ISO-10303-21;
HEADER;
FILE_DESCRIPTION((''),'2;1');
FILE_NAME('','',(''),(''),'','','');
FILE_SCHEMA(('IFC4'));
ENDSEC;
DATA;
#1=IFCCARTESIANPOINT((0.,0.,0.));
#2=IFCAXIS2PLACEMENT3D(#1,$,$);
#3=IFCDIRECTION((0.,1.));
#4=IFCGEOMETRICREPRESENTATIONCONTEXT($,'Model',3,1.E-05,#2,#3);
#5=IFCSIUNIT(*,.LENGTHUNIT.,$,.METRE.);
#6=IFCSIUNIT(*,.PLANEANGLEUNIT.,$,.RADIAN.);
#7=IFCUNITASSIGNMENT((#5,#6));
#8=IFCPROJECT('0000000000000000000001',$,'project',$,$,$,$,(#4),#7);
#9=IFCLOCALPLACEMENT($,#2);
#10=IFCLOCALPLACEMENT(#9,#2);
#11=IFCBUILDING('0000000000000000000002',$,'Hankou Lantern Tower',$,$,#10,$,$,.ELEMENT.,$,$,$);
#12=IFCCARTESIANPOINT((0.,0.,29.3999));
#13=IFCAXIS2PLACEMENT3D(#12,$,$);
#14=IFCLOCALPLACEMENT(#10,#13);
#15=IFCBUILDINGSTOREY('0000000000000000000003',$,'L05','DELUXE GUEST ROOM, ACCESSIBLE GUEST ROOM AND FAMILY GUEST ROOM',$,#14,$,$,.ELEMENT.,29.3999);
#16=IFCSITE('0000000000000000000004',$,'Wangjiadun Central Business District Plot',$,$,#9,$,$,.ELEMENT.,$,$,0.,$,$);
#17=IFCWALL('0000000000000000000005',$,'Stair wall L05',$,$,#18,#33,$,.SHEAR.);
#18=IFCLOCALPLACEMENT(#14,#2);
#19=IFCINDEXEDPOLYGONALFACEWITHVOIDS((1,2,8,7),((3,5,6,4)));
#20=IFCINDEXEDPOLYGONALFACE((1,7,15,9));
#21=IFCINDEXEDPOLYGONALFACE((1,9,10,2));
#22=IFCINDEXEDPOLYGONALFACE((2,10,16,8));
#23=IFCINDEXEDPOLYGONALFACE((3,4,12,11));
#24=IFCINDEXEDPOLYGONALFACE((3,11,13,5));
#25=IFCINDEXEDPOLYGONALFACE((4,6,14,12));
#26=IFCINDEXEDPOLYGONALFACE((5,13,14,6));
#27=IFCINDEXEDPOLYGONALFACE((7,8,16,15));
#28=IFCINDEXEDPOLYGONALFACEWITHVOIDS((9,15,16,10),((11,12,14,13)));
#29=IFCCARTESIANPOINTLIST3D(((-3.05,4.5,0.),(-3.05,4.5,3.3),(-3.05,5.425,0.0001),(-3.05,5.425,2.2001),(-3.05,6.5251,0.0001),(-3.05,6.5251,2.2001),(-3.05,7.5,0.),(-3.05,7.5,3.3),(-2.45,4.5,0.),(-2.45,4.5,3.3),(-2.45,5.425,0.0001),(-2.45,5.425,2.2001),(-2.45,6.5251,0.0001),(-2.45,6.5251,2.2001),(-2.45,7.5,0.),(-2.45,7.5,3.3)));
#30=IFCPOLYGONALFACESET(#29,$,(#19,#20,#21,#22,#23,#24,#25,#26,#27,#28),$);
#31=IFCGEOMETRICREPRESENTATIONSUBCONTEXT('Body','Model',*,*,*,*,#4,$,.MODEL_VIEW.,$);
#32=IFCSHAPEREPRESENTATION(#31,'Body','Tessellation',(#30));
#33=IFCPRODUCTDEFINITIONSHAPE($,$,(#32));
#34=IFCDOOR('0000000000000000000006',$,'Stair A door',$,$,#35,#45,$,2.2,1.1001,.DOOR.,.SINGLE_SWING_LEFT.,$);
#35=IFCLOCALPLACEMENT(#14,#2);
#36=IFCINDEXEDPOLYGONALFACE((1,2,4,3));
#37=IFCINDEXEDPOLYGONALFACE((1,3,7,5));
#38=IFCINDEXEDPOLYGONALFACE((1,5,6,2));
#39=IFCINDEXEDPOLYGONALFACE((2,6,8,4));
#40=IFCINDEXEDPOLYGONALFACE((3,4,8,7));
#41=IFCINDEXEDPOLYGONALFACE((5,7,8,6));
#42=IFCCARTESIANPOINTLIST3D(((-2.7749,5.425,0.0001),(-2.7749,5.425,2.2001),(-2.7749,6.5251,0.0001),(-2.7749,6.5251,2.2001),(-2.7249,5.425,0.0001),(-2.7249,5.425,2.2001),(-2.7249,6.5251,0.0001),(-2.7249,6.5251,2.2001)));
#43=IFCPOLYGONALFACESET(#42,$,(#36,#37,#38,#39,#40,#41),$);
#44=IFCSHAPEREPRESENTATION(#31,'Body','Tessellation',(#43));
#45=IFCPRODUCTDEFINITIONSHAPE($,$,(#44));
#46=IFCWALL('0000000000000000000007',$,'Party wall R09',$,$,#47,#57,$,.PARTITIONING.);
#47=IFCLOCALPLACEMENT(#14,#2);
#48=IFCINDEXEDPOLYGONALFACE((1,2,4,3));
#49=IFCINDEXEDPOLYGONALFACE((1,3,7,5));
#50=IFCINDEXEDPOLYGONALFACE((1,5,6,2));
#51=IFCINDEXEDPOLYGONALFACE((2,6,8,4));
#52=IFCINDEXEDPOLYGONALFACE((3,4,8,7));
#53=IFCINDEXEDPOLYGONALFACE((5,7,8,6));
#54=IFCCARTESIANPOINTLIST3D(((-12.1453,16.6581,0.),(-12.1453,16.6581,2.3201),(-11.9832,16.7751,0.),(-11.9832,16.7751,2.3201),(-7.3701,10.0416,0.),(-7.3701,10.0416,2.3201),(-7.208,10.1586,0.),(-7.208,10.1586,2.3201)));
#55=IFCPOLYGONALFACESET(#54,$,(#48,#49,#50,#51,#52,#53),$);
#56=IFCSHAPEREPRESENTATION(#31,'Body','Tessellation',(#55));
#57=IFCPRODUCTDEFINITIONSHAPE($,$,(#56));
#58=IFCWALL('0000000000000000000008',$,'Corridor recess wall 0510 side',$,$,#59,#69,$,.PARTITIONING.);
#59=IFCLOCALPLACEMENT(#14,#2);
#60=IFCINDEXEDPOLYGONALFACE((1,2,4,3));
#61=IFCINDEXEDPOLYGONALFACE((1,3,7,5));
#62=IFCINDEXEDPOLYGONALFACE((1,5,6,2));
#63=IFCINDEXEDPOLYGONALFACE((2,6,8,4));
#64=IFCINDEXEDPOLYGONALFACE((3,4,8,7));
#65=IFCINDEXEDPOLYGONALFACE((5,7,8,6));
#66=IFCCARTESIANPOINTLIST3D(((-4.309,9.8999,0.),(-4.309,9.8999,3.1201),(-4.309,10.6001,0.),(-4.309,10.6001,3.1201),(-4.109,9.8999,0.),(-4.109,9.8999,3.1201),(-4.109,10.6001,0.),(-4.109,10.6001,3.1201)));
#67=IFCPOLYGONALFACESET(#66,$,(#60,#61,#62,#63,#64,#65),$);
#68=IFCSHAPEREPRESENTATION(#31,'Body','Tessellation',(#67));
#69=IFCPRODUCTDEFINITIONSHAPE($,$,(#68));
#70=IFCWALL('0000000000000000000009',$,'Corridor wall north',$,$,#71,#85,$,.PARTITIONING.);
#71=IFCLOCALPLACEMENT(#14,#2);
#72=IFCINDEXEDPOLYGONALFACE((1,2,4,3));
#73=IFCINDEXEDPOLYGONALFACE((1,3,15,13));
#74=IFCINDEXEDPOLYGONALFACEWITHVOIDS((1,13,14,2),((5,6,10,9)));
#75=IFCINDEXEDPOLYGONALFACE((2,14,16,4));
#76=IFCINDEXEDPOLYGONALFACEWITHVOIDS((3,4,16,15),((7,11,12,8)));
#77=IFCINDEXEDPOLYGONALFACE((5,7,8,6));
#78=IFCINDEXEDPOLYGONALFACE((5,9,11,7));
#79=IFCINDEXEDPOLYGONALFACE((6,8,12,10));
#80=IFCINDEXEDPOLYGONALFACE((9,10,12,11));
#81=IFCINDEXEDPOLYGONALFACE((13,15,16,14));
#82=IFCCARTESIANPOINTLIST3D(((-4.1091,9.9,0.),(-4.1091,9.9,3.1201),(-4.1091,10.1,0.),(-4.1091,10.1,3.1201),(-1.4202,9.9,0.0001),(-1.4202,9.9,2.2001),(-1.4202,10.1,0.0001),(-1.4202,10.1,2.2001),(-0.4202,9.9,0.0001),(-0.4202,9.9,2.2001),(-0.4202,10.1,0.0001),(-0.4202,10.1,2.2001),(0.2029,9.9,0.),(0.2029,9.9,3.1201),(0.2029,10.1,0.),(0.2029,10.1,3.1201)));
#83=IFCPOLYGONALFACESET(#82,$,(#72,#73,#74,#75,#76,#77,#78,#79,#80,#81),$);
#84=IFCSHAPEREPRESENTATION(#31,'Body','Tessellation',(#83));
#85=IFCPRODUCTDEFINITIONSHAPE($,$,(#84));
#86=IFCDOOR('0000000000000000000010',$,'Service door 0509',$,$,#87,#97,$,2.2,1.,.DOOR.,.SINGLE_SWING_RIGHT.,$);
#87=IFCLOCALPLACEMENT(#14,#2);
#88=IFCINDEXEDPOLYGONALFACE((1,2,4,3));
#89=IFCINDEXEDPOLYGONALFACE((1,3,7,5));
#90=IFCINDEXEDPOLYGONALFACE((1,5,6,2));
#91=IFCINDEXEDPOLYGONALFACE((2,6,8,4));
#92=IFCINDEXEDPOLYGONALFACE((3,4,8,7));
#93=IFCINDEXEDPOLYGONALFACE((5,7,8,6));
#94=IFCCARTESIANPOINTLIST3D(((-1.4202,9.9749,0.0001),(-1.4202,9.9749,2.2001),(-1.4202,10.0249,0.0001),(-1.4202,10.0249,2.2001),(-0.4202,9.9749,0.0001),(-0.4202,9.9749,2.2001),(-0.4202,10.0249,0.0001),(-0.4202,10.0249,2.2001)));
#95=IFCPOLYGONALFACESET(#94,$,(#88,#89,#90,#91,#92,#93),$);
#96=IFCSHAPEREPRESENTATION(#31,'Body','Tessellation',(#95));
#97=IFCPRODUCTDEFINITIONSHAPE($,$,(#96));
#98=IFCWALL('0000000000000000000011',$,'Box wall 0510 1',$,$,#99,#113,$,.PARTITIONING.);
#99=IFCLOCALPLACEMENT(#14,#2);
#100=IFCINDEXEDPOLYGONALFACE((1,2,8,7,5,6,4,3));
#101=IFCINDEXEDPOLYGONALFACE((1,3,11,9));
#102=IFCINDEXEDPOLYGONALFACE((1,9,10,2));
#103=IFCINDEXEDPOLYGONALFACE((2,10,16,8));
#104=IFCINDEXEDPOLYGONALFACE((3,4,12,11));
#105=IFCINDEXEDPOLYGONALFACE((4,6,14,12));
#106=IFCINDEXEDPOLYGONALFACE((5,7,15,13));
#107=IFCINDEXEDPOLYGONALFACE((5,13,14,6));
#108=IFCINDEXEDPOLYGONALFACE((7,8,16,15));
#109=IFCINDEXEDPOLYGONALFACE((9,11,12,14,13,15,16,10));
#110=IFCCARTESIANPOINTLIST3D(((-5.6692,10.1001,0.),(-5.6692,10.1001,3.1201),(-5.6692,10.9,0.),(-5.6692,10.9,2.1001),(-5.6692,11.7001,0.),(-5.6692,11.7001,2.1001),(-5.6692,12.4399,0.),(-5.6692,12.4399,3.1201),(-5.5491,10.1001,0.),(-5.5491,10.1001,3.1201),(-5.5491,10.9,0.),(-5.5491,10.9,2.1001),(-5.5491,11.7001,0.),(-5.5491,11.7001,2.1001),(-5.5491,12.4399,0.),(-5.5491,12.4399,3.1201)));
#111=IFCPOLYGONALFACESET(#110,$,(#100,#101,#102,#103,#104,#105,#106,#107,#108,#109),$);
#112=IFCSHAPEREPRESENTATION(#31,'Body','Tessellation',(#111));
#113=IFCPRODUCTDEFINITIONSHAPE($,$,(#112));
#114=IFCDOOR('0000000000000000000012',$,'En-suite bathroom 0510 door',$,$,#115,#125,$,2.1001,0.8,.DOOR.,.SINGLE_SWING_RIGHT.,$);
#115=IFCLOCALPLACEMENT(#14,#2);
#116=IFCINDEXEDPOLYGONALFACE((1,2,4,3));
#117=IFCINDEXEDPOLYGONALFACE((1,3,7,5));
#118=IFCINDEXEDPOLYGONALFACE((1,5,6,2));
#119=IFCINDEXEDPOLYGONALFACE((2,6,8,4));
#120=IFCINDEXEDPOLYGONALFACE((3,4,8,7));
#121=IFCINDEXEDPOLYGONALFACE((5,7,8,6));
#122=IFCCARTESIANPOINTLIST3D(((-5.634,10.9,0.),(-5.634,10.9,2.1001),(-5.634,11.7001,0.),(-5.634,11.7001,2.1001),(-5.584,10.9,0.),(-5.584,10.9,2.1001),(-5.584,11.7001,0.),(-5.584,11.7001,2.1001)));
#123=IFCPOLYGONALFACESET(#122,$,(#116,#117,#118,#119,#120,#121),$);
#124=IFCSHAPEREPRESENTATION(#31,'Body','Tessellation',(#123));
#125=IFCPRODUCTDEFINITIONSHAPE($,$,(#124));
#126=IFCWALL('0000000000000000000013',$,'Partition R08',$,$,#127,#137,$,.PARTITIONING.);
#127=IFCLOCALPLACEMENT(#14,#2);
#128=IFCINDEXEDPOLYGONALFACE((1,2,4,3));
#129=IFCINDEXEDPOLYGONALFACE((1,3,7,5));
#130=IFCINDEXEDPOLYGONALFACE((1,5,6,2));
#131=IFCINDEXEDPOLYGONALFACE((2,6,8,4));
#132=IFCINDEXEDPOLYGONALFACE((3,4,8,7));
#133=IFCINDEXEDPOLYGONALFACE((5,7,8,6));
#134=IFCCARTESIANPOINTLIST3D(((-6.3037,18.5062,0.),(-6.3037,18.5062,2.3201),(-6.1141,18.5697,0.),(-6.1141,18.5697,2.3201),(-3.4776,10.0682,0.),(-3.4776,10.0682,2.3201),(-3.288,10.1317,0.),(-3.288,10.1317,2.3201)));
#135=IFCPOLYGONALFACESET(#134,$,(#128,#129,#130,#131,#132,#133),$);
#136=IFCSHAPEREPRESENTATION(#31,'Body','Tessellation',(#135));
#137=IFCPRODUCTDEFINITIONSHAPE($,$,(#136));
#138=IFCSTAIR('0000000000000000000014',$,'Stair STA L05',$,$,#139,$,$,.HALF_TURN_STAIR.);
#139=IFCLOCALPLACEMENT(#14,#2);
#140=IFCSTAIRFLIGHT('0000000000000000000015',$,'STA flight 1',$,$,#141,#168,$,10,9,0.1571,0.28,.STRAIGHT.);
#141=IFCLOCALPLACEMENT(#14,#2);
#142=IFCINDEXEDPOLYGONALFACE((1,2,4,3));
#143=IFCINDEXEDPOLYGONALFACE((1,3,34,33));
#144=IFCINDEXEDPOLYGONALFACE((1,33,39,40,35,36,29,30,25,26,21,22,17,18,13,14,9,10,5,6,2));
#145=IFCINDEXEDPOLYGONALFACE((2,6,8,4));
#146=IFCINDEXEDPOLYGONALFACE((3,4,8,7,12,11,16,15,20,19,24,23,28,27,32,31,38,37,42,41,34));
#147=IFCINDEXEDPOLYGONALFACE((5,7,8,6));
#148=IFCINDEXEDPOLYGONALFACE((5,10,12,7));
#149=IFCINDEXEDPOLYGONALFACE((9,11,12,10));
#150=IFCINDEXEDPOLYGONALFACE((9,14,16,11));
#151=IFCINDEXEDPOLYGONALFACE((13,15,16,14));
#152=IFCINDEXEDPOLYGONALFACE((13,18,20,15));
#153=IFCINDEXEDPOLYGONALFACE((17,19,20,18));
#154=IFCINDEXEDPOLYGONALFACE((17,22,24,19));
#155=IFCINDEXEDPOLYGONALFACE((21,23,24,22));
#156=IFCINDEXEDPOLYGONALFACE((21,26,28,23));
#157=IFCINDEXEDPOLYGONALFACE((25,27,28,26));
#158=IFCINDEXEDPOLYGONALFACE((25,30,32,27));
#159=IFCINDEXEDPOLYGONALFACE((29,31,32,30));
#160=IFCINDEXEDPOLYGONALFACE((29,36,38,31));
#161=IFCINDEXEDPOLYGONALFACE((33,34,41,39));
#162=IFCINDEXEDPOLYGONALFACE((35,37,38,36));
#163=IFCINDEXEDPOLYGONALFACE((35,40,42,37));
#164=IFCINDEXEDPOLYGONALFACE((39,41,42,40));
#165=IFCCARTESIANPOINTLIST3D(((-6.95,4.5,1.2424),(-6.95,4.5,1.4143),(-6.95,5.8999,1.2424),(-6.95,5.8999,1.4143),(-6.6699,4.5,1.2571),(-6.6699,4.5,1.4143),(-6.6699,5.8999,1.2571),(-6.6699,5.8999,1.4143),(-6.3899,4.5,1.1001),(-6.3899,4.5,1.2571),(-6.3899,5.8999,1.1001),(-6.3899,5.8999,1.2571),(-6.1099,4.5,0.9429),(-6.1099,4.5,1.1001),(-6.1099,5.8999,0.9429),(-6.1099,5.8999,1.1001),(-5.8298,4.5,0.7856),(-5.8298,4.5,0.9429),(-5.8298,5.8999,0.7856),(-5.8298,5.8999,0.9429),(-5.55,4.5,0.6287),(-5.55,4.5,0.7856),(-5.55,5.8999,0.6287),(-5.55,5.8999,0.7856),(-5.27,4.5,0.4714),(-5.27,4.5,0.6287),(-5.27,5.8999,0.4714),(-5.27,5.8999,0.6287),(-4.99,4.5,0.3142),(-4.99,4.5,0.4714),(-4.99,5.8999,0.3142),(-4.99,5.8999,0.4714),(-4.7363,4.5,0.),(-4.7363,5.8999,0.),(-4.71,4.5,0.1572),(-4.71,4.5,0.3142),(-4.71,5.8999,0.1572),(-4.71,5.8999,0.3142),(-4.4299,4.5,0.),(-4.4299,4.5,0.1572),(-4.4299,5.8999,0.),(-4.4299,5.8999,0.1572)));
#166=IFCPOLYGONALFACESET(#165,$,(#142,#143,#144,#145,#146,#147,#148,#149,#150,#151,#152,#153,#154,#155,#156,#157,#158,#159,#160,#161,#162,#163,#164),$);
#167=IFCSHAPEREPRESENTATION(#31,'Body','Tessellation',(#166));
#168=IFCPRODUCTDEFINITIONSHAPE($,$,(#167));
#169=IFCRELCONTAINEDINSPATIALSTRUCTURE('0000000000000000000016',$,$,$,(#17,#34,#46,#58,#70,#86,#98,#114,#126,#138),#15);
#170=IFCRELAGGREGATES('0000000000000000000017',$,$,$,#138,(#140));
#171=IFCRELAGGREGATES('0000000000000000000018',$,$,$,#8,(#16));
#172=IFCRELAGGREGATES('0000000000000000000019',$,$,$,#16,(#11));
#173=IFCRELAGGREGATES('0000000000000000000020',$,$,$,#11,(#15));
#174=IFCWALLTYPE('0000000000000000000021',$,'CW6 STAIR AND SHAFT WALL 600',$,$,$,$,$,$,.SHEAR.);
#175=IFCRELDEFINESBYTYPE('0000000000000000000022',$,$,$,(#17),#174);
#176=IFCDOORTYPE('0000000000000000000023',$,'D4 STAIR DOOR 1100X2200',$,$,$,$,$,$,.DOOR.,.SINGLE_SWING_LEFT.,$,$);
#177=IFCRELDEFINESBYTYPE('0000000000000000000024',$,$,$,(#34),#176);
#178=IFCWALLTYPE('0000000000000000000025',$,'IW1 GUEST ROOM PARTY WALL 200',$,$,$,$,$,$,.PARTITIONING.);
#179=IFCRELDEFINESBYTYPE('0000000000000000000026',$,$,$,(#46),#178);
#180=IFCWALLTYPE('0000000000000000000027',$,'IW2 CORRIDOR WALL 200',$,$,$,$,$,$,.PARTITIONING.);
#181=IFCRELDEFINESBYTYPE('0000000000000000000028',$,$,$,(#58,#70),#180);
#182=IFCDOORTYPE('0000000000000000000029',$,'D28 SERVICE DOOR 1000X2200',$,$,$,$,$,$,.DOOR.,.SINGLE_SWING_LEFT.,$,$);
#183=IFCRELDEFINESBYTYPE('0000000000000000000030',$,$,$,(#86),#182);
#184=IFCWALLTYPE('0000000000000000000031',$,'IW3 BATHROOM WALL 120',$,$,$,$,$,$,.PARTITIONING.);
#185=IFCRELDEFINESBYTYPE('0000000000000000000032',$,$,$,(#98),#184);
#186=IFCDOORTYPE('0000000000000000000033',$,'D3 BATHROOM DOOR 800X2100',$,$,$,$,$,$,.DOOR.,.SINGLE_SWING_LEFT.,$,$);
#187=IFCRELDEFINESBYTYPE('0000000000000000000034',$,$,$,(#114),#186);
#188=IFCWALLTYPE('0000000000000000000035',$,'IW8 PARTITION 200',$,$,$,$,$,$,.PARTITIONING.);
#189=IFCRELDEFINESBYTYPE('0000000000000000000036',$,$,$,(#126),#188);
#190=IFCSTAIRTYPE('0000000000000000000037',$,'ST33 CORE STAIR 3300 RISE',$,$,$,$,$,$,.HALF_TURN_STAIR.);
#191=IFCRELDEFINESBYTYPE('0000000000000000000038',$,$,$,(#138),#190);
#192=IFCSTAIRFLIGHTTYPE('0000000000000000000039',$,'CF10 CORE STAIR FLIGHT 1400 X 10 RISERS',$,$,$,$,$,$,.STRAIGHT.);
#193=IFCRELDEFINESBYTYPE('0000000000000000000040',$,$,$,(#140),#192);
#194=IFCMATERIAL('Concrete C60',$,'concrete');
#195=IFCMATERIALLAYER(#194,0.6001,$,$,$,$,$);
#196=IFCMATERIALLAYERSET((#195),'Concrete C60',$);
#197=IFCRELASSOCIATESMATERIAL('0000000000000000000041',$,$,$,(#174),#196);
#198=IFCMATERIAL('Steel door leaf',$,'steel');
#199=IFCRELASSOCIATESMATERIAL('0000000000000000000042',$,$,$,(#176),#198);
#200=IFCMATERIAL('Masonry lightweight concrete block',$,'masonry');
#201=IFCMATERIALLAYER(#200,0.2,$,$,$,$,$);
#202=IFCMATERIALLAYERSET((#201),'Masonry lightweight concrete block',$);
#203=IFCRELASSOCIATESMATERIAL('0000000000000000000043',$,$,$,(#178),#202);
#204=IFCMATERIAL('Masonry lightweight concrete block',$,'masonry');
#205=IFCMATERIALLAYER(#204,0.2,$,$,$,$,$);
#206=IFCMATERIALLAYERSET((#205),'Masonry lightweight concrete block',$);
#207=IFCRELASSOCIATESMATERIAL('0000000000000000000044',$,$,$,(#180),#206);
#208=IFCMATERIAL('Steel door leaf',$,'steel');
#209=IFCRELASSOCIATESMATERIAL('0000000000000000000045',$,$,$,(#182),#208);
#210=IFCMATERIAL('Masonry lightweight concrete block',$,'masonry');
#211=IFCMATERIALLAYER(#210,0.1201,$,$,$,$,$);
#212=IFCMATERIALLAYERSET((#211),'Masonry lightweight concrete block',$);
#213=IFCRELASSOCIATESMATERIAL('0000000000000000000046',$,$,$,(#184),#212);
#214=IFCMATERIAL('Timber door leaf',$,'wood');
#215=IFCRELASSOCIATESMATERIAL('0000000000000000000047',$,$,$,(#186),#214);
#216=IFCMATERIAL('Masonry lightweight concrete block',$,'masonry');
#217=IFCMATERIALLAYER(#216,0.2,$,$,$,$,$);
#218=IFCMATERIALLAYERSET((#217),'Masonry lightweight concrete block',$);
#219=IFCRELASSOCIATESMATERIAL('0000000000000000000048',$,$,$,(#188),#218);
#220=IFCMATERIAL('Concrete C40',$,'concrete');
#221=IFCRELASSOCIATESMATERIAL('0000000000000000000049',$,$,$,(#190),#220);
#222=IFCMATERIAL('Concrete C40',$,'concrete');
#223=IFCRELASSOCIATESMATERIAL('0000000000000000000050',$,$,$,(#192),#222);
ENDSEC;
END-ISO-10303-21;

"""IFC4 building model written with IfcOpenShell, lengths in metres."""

from ifc_helpers import new_model, si_unit, direction, frame, frame_2d, origin, place, context, subcontext, project, spatial, polyline, rectangle, outline, extrude, material, layer, layer_set, type_object, element, fill, aggregate, save


model = new_model("IFC4")

# Units and contexts
model_context = context("Model", 3, precision=1e-05, world=origin(), true_north=direction((0.0, 1.0)))
body_context = subcontext(model_context, "Body", "Model", "MODEL_VIEW")
ifc_project = project(units=[si_unit("LENGTHUNIT", "METRE"), si_unit("PLANEANGLEUNIT", "RADIAN")], contexts=[model_context])

# Site, building, storey
site_placement = place(None, origin())
site = spatial("IfcSite", under=ifc_project, at=site_placement, Name="Wangjiadun Central Business District Plot", CompositionType="ELEMENT", RefElevation=0.0)
building_placement = place(site_placement, origin())
building = spatial("IfcBuilding", under=site, at=building_placement, Name="Hankou Lantern Tower", CompositionType="ELEMENT")
storey_placement = place(building_placement, frame((0.0, 0.0, 29.3999)))
storey = spatial("IfcBuildingStorey", under=building, at=storey_placement, Name="L05", Description="DELUXE GUEST ROOM, ACCESSIBLE GUEST ROOM AND FAMILY GUEST ROOM", CompositionType="ELEMENT", Elevation=29.3999)

# Wall, opening, door
ifc_material_1 = material(Name="Concrete C60", Category="concrete")
ifc_layer_1 = layer(ifc_material_1, 0.6001)
ifc_layer_set_1 = layer_set([ifc_layer_1], Name="Concrete C60")
wall_type_1 = type_object("IfcWallType", Name="CW6 STAIR AND SHAFT WALL 600", PredefinedType="SHEAR", material=ifc_layer_set_1)
wall_1_placement = place(storey_placement, frame((-2.75, 4.5, 0.0), z_axis=(0.0, 0.0, 1.0), x_axis=(0.0, 1.0, 0.0)))
wall_1 = element("IfcWall", 1, at=wall_1_placement, inside=storey, type_object=wall_type_1, Name="Stair wall L05", PredefinedType="SHEAR", context=body_context, shape_type="SweptSolid", body=[
    extrude(rectangle(XDim=3.0, YDim=0.6001, at=frame_2d((1.5, 0.0))), origin(), (0.0, 0.0, 1.0), 3.3),
])
opening_1_placement = place(wall_1_placement, frame((0.925, 0.0, 0.0)))
opening_1 = element("IfcOpeningElement", 2, at=opening_1_placement, cuts=wall_1, PredefinedType="OPENING", context=body_context, shape_type="SweptSolid", body=[
    extrude(rectangle(XDim=1.1001, YDim=2.2, at=frame_2d((0.55, 1.1001))), frame((0.0, 0.3101, 0.0), z_axis=(0.0, -1.0, 0.0), x_axis=(1.0, 0.0, 0.0)), (0.0, 0.0, 1.0), 0.6201),
])
ifc_material_2 = material(Name="Steel door leaf", Category="steel")
door_type_1 = type_object("IfcDoorType", Name="D4 STAIR DOOR 1100X2200", OperationType="SINGLE_SWING_LEFT", PredefinedType="DOOR", material=ifc_material_2)
door_1_placement = place(opening_1_placement, origin())
door_1 = element("IfcDoor", 3, at=door_1_placement, inside=storey, type_object=door_type_1, Name="Stair A door", OperationType="SINGLE_SWING_LEFT", OverallHeight=2.2, OverallWidth=1.1001, PredefinedType="DOOR", context=body_context, shape_type="SweptSolid", body=[
    extrude(rectangle(XDim=1.1001, YDim=2.2, at=frame_2d((0.55, 1.1001))), frame((0.0, 0.0249, 0.0), z_axis=(0.0, -1.0, 0.0), x_axis=(1.0, 0.0, 0.0)), (0.0, 0.0, 1.0), 0.05),
])
fill(opening_1, door_1)

# Walls
ifc_material_3 = material(Name="Masonry lightweight concrete block", Category="masonry")
ifc_layer_2 = layer(ifc_material_3, 0.2)
ifc_layer_set_2 = layer_set([ifc_layer_2], Name="Masonry lightweight concrete block")
wall_type_2 = type_object("IfcWallType", Name="IW1 GUEST ROOM PARTY WALL 200", PredefinedType="PARTITIONING", material=ifc_layer_set_2)
wall_2_placement = place(storey_placement, frame((-7.2891, 10.1001, 0.0), z_axis=(0.0, 0.0, 1.0), x_axis=(-0.585216, 0.810877, 0.0)))
element("IfcWall", 4, at=wall_2_placement, inside=storey, type_object=wall_type_2, Name="Party wall R09", PredefinedType="PARTITIONING", context=body_context, shape_type="SweptSolid", body=[
    extrude(rectangle(XDim=8.1597, YDim=0.2, at=frame_2d((4.0798, 0.0))), origin(), (0.0, 0.0, 1.0), 2.3201),
])
ifc_material_4 = material(Name="Masonry lightweight concrete block", Category="masonry")
ifc_layer_3 = layer(ifc_material_4, 0.2)
ifc_layer_set_3 = layer_set([ifc_layer_3], Name="Masonry lightweight concrete block")
wall_type_3 = type_object("IfcWallType", Name="IW2 CORRIDOR WALL 200", PredefinedType="PARTITIONING", material=ifc_layer_set_3)
wall_3_placement = place(storey_placement, frame((-4.209, 9.8999, 0.0), z_axis=(0.0, 0.0, 1.0), x_axis=(0.0, 1.0, 0.0)))
element("IfcWall", 5, at=wall_3_placement, inside=storey, type_object=wall_type_3, Name="Corridor recess wall 0510 side", PredefinedType="PARTITIONING", context=body_context, shape_type="SweptSolid", body=[
    extrude(rectangle(XDim=0.7002, YDim=0.2, at=frame_2d((0.3501, 0.0))), origin(), (0.0, 0.0, 1.0), 3.1201),
])

# Walls, openings, doors
wall_4_placement = place(storey_placement, frame((-4.1091, 10.0, 0.0), z_axis=(0.0, 0.0, 1.0), x_axis=(1.0, 0.0, 0.0)))
wall_4 = element("IfcWall", 6, at=wall_4_placement, inside=storey, type_object=wall_type_3, Name="Corridor wall north", PredefinedType="PARTITIONING", context=body_context, shape_type="SweptSolid", body=[
    extrude(rectangle(XDim=4.312, YDim=0.2, at=frame_2d((2.156, 0.0))), origin(), (0.0, 0.0, 1.0), 3.1201),
])
opening_2_placement = place(wall_4_placement, frame((2.689, 0.0, 0.0)))
opening_2 = element("IfcOpeningElement", 7, at=opening_2_placement, cuts=wall_4, PredefinedType="OPENING", context=body_context, shape_type="SweptSolid", body=[
    extrude(rectangle(XDim=1.0, YDim=2.2, at=frame_2d((0.5, 1.1001))), frame((0.0, 0.1099, 0.0), z_axis=(0.0, -1.0, 0.0), x_axis=(1.0, 0.0, 0.0)), (0.0, 0.0, 1.0), 0.22),
])
ifc_material_5 = material(Name="Steel door leaf", Category="steel")
door_type_2 = type_object("IfcDoorType", Name="D28 SERVICE DOOR 1000X2200", OperationType="SINGLE_SWING_LEFT", PredefinedType="DOOR", material=ifc_material_5)
door_2_placement = place(opening_2_placement, origin())
door_2 = element("IfcDoor", 8, at=door_2_placement, inside=storey, type_object=door_type_2, Name="Service door 0509", OperationType="SINGLE_SWING_RIGHT", OverallHeight=2.2, OverallWidth=1.0, PredefinedType="DOOR", context=body_context, shape_type="SweptSolid", body=[
    extrude(rectangle(XDim=1.0, YDim=2.2, at=frame_2d((0.5, 1.1001))), frame((0.0, 0.0249, 0.0), z_axis=(0.0, -1.0, 0.0), x_axis=(1.0, 0.0, 0.0)), (0.0, 0.0, 1.0), 0.05),
])
fill(opening_2, door_2)
ifc_material_6 = material(Name="Masonry lightweight concrete block", Category="masonry")
ifc_layer_4 = layer(ifc_material_6, 0.1201)
ifc_layer_set_4 = layer_set([ifc_layer_4], Name="Masonry lightweight concrete block")
wall_type_4 = type_object("IfcWallType", Name="IW3 BATHROOM WALL 120", PredefinedType="PARTITIONING", material=ifc_layer_set_4)
wall_5_placement = place(storey_placement, frame((-5.6091, 10.1001, 0.0), z_axis=(0.0, 0.0, 1.0), x_axis=(0.0, 1.0, 0.0)))
wall_5 = element("IfcWall", 9, at=wall_5_placement, inside=storey, type_object=wall_type_4, Name="Box wall 0510 1", PredefinedType="PARTITIONING", context=body_context, shape_type="SweptSolid", body=[
    extrude(rectangle(XDim=2.3398, YDim=0.1201, at=frame_2d((1.1699, 0.0))), origin(), (0.0, 0.0, 1.0), 3.1201),
])
opening_3_placement = place(wall_5_placement, frame((0.8, 0.0, 0.0)))
opening_3 = element("IfcOpeningElement", 10, at=opening_3_placement, cuts=wall_5, PredefinedType="OPENING", context=body_context, shape_type="SweptSolid", body=[
    extrude(rectangle(XDim=0.8, YDim=2.1001, at=frame_2d((0.3999, 1.05))), frame((0.0, 0.0701, 0.0), z_axis=(0.0, -1.0, 0.0), x_axis=(1.0, 0.0, 0.0)), (0.0, 0.0, 1.0), 0.1401),
])
ifc_material_7 = material(Name="Timber door leaf", Category="wood")
door_type_3 = type_object("IfcDoorType", Name="D3 BATHROOM DOOR 800X2100", OperationType="SINGLE_SWING_LEFT", PredefinedType="DOOR", material=ifc_material_7)
door_3_placement = place(opening_3_placement, origin())
door_3 = element("IfcDoor", 11, at=door_3_placement, inside=storey, type_object=door_type_3, Name="En-suite bathroom 0510 door", OperationType="SINGLE_SWING_RIGHT", OverallHeight=2.1001, OverallWidth=0.8, PredefinedType="DOOR", context=body_context, shape_type="SweptSolid", body=[
    extrude(rectangle(XDim=0.8, YDim=2.1001, at=frame_2d((0.3999, 1.05))), frame((0.0, 0.0249, 0.0), z_axis=(0.0, -1.0, 0.0), x_axis=(1.0, 0.0, 0.0)), (0.0, 0.0, 1.0), 0.05),
])
fill(opening_3, door_3)

# Wall
ifc_material_8 = material(Name="Masonry lightweight concrete block", Category="masonry")
ifc_layer_5 = layer(ifc_material_8, 0.2)
ifc_layer_set_5 = layer_set([ifc_layer_5], Name="Masonry lightweight concrete block")
wall_type_5 = type_object("IfcWallType", Name="IW8 PARTITION 200", PredefinedType="PARTITIONING", material=ifc_layer_set_5)
wall_6_placement = place(storey_placement, frame((-3.3828, 10.1001, 0.0), z_axis=(0.0, 0.0, 1.0), x_axis=(-0.317594, 0.948227, 0.0)))
element("IfcWall", 12, at=wall_6_placement, inside=storey, type_object=wall_type_5, Name="Partition R08", PredefinedType="PARTITIONING", context=body_context, shape_type="SweptSolid", body=[
    extrude(rectangle(XDim=8.8987, YDim=0.2, at=frame_2d((4.4492, 0.0))), origin(), (0.0, 0.0, 1.0), 2.3201),
])

# Stair, stair flight
ifc_material_9 = material(Name="Concrete C40", Category="concrete")
stair_type = type_object("IfcStairType", Name="ST33 CORE STAIR 3300 RISE", PredefinedType="HALF_TURN_STAIR", material=ifc_material_9)
stair_placement = place(storey_placement, origin())
stair = element("IfcStair", 13, at=stair_placement, inside=storey, type_object=stair_type, Name="Stair STA L05", PredefinedType="HALF_TURN_STAIR")
ifc_material_10 = material(Name="Concrete C40", Category="concrete")
stair_flight_type_1 = type_object("IfcStairFlightType", Name="CF10 CORE STAIR FLIGHT 1400 X 10 RISERS", PredefinedType="STRAIGHT", material=ifc_material_10)
stair_flight_1_placement = place(storey_placement, frame((-4.4299, 5.2, 0.0), z_axis=(0.0, 0.0, 1.0), x_axis=(-1.0, 0.0, 0.0)))
stair_flight_1 = element("IfcStairFlight", 14, at=stair_flight_1_placement, type_object=stair_flight_type_1, Name="STA flight 1", NumberOfRisers=10, NumberOfTreads=9, PredefinedType="STRAIGHT", RiserHeight=0.1571, TreadLength=0.28, context=body_context, shape_type="SweptSolid", body=[
    extrude(outline(polyline([(0.0, 0.0), (0.0, 0.1572), (0.28, 0.1572), (0.28, 0.3142), (0.5601, 0.3142), (0.5601, 0.4714), (0.8401, 0.4714), (0.8401, 0.6287), (1.1201, 0.6287), (1.1201, 0.7856), (1.3999, 0.7856), (1.3999, 0.9429), (1.6799, 0.9429), (1.6799, 1.1001), (1.96, 1.1001), (1.96, 1.2571), (2.24, 1.2571), (2.24, 1.4143), (2.52, 1.4143), (2.52, 1.5715), (2.52, 1.2424), (0.3064, 0.0), (0.0, 0.0)])), frame((0.0, 0.7, 0.0), z_axis=(0.0, -1.0, 0.0), x_axis=(1.0, 0.0, 0.0)), (0.0, 0.0, 1.0), 1.3999),
])
aggregate(stair, [stair_flight_1])

save(model, "model.ifc")
